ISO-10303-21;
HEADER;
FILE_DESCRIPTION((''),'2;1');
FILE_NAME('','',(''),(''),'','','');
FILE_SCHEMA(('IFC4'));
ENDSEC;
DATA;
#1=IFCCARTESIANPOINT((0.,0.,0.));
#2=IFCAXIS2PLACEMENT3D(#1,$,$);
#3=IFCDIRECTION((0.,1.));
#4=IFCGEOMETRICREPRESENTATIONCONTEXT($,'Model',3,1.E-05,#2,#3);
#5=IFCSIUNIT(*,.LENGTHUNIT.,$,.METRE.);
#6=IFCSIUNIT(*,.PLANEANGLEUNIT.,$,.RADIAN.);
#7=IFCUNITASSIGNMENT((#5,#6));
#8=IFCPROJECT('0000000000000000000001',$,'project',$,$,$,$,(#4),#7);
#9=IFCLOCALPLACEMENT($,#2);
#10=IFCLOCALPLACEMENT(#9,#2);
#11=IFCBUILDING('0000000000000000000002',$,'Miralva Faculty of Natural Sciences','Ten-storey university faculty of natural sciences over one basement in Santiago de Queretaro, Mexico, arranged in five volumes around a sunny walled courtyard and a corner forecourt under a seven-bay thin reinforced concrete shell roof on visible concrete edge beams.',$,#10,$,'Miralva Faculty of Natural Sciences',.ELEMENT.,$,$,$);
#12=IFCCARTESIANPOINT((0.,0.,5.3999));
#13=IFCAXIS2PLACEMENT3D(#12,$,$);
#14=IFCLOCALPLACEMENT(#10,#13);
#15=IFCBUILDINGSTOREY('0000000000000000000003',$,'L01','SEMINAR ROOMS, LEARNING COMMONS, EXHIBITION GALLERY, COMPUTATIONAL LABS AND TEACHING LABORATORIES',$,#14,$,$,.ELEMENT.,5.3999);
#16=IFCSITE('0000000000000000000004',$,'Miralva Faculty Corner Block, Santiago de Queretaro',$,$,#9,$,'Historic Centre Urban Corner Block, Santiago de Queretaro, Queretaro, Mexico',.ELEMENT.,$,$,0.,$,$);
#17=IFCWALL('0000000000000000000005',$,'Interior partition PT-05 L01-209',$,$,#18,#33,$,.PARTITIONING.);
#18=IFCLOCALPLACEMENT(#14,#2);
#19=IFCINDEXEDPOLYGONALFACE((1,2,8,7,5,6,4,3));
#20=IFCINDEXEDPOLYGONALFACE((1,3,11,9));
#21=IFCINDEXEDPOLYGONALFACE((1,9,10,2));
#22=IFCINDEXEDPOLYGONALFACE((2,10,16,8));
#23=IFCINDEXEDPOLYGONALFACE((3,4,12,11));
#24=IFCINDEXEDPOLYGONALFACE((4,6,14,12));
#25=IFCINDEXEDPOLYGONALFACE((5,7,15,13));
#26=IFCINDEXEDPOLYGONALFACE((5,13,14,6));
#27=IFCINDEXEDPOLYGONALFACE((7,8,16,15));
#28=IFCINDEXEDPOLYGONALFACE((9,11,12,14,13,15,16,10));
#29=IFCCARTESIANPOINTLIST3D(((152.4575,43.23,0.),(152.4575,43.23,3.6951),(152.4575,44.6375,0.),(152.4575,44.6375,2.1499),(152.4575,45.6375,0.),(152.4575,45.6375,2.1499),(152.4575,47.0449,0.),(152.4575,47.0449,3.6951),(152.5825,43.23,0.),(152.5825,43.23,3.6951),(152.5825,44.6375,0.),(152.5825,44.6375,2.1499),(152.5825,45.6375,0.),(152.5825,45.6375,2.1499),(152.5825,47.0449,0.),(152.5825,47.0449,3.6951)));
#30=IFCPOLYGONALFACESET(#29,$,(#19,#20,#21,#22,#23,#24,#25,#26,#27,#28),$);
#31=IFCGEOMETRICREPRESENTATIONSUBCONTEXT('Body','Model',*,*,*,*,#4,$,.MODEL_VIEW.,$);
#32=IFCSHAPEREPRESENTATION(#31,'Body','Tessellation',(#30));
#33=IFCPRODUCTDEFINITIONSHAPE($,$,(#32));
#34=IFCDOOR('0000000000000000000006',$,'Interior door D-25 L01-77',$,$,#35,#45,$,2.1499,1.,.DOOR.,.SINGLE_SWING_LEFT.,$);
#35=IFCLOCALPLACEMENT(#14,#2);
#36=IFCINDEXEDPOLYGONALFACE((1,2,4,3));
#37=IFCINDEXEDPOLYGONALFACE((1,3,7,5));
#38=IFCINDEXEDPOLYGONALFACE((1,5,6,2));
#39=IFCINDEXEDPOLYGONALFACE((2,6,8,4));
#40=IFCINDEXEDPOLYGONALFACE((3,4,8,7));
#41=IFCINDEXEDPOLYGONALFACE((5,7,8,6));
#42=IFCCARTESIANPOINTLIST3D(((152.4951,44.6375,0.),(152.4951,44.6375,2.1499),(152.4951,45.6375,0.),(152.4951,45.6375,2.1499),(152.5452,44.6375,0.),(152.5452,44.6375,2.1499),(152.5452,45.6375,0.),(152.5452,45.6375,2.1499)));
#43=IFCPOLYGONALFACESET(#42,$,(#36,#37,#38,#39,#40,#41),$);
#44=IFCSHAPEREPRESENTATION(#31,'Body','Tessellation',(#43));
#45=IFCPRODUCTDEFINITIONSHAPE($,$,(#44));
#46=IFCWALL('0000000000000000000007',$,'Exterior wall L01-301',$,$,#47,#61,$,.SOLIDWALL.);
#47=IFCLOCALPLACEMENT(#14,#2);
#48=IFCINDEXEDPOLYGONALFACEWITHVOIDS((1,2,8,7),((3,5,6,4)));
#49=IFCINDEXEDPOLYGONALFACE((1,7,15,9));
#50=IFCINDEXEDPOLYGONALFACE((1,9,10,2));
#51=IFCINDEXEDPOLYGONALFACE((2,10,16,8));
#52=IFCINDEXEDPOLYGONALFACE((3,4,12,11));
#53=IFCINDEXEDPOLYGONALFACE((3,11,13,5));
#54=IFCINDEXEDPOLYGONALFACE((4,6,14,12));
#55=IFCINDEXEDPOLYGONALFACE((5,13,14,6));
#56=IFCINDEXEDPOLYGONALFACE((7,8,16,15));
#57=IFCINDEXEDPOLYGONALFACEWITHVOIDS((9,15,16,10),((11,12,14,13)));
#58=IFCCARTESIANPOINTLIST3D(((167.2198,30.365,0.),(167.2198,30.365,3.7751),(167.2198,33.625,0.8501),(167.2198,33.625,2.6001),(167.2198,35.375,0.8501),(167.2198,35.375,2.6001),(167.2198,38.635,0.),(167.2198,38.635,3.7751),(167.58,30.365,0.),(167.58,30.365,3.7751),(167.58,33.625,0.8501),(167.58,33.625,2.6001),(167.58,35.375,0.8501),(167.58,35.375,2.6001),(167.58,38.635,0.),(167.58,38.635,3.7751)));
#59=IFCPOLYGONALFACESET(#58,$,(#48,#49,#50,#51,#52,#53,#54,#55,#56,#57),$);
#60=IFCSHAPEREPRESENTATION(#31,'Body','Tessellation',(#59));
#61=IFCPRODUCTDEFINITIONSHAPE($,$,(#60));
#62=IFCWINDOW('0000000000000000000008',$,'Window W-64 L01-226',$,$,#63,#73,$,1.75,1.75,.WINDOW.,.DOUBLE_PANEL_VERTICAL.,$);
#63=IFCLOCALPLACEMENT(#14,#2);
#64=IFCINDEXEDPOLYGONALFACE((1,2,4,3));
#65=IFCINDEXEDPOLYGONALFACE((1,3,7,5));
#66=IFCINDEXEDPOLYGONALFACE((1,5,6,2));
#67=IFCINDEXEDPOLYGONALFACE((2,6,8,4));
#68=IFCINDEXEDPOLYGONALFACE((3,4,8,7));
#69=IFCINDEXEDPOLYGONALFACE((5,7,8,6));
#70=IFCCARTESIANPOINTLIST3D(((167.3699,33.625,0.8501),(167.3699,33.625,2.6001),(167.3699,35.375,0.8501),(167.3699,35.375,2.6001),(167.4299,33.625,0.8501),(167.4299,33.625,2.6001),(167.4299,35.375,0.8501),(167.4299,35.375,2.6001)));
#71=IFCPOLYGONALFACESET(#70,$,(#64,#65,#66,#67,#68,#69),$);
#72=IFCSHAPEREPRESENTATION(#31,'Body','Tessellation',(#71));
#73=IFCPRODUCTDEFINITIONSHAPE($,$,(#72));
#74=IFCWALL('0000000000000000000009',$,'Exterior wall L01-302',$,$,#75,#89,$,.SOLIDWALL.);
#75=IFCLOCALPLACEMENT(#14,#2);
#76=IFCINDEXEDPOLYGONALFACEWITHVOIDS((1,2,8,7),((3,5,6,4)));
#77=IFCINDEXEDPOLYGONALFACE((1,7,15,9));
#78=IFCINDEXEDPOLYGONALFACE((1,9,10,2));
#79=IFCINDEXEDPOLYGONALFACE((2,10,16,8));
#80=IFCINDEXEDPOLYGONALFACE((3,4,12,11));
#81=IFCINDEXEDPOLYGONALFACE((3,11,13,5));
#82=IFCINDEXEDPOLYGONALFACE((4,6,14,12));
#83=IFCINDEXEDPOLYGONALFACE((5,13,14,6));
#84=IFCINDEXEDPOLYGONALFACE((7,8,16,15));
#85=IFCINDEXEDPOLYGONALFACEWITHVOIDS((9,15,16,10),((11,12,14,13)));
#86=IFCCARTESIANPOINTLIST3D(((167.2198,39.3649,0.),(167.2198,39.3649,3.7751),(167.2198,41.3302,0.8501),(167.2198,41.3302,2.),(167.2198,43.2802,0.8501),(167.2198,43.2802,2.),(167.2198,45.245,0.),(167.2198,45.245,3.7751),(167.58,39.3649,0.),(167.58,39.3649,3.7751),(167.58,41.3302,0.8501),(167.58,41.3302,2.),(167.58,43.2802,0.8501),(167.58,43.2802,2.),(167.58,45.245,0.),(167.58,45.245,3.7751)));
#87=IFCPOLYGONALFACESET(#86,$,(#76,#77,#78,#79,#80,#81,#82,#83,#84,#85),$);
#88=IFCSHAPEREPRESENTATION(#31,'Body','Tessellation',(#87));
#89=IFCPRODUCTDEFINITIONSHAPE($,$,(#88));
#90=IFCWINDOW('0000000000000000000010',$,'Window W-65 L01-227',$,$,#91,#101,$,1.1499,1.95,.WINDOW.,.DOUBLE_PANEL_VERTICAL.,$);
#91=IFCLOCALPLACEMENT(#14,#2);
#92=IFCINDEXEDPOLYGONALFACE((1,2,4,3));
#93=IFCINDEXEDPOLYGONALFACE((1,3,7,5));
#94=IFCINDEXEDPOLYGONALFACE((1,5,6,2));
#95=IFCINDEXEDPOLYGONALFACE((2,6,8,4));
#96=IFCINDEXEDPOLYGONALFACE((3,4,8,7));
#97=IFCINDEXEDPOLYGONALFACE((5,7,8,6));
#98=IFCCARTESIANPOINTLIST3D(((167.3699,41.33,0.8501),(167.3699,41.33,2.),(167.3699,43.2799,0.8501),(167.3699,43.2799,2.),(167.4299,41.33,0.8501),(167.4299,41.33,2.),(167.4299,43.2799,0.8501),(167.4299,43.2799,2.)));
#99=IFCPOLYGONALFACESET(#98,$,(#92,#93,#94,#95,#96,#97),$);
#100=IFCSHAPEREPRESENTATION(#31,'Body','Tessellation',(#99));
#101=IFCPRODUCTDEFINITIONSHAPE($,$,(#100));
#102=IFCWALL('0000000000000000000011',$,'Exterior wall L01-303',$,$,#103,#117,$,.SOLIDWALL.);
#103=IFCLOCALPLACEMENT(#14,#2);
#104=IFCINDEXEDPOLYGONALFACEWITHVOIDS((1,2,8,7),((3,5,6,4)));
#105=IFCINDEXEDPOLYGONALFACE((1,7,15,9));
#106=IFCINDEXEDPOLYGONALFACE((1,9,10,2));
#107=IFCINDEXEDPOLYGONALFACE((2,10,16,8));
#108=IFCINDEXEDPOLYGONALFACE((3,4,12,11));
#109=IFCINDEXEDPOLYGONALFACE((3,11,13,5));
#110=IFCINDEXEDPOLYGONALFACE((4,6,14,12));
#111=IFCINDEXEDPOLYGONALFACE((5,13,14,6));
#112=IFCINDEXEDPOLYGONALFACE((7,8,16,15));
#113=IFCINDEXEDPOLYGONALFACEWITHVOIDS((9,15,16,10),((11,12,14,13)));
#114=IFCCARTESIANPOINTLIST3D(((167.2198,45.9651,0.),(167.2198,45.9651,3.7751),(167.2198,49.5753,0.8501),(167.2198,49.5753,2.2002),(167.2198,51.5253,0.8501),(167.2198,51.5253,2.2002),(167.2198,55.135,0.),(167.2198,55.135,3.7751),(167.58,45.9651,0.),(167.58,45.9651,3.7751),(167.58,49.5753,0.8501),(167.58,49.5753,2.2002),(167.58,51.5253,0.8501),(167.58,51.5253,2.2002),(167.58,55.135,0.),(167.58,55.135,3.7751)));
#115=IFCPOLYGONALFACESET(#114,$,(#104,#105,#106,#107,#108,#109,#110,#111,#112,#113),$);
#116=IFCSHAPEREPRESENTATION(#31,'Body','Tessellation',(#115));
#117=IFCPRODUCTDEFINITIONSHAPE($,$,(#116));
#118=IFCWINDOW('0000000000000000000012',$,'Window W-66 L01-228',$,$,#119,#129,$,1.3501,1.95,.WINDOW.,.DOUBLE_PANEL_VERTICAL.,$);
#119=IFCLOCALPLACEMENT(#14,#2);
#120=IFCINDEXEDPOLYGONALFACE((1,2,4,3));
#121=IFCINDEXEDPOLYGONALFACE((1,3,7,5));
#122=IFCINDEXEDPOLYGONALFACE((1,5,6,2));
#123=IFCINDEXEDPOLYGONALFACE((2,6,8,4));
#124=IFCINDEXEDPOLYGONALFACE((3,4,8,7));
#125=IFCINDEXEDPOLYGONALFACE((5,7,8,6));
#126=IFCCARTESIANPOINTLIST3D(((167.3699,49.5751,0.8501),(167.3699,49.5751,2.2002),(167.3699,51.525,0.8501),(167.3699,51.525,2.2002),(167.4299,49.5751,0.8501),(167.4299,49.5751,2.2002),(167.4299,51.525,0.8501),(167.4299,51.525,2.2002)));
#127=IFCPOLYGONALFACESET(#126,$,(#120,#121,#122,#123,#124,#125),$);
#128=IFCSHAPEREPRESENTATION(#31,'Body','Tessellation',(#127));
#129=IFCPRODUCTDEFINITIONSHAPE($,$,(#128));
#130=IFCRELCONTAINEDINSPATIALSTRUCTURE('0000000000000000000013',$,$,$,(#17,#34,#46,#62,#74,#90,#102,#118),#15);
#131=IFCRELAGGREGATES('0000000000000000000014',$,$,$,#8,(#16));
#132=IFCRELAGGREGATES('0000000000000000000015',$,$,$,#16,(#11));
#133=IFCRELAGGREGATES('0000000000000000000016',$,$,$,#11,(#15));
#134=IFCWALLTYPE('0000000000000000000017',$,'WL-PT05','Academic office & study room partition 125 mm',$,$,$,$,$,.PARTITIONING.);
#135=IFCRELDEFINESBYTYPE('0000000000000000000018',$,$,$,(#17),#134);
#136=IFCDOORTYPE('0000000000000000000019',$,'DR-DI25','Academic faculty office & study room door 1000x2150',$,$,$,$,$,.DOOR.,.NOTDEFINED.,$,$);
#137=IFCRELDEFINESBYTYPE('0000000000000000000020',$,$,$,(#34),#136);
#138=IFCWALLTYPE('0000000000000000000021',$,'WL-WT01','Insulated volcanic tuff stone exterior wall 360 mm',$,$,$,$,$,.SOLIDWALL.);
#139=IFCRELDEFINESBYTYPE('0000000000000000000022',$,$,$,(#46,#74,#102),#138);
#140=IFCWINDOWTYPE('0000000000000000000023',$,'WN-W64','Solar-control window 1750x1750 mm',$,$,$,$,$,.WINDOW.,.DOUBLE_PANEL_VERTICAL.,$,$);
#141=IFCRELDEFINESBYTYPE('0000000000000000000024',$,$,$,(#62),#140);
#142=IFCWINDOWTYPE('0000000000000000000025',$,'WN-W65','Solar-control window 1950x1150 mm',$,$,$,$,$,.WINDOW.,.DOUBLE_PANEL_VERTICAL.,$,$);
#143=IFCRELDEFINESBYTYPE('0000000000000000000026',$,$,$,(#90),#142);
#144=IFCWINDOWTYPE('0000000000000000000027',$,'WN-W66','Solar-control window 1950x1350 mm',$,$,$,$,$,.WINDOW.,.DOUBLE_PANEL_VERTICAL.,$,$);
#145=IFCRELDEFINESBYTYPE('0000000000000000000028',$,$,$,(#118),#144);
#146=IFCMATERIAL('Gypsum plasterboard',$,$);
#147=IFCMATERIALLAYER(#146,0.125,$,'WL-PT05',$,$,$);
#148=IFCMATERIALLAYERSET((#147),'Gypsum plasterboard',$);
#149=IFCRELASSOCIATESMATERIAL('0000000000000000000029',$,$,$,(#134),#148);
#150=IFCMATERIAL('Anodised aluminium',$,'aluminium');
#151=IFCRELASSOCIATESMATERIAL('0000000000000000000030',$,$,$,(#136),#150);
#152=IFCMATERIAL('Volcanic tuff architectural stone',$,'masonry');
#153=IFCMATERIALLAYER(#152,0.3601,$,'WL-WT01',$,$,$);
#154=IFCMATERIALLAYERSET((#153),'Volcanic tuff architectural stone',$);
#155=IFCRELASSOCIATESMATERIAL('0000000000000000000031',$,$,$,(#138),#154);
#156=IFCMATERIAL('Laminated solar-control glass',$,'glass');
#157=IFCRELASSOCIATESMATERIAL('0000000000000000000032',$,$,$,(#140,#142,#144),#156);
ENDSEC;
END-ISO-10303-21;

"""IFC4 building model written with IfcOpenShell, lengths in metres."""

from ifc_helpers import new_model, si_unit, direction, frame, frame_2d, origin, place, context, subcontext, project, spatial, rectangle, extrude, material, layer, layer_set, type_object, element, fill, save


model = new_model("IFC4")

# Units and contexts
model_context = context("Model", 3, precision=1e-05, world=origin(), true_north=direction((0.0, 1.0)))
body_context = subcontext(model_context, "Body", "Model", "MODEL_VIEW")
ifc_project = project(units=[si_unit("LENGTHUNIT", "METRE"), si_unit("PLANEANGLEUNIT", "RADIAN")], contexts=[model_context])

# Site, building, storey
site_placement = place(None, origin())
site = spatial("IfcSite", under=ifc_project, at=site_placement, Name="Miralva Faculty Corner Block, Santiago de Queretaro", LongName="Historic Centre Urban Corner Block, Santiago de Queretaro, Queretaro, Mexico", CompositionType="ELEMENT", RefElevation=0.0)
building_placement = place(site_placement, origin())
building = spatial("IfcBuilding", under=site, at=building_placement, Name="Miralva Faculty of Natural Sciences", Description="Ten-storey university faculty of natural sciences over one basement in Santiago de Queretaro, Mexico, arranged in five volumes around a sunny walled courtyard and a corner forecourt under a seven-bay thin reinforced concrete shell roof on visible concrete edge beams.", LongName="Miralva Faculty of Natural Sciences", CompositionType="ELEMENT")
storey_placement = place(building_placement, frame((0.0, 0.0, 5.3999)))
storey = spatial("IfcBuildingStorey", under=building, at=storey_placement, Name="L01", Description="SEMINAR ROOMS, LEARNING COMMONS, EXHIBITION GALLERY, COMPUTATIONAL LABS AND TEACHING LABORATORIES", CompositionType="ELEMENT", Elevation=5.3999)

# Shared definitions
ifc_material_1 = material(Name="Gypsum plasterboard")
ifc_layer_1 = layer(ifc_material_1, 0.125, Name="WL-PT05")
ifc_layer_set_1 = layer_set([ifc_layer_1], Name="Gypsum plasterboard")
wall_type_1 = type_object("IfcWallType", Name="WL-PT05", Description="Academic office & study room partition 125 mm", PredefinedType="PARTITIONING", material=ifc_layer_set_1)

# Wall, opening, door
wall_1_placement = place(storey_placement, frame((152.52, 43.23, 0.0), z_axis=(0.0, 0.0, 1.0), x_axis=(0.0, 1.0, 0.0)))
wall_1 = element("IfcWall", 1, at=wall_1_placement, inside=storey, type_object=wall_type_1, Name="Interior partition PT-05 L01-209", PredefinedType="PARTITIONING", context=body_context, shape_type="SweptSolid", body=[
    extrude(rectangle(XDim=3.8149, YDim=0.125, at=frame_2d((1.9075, 0.0))), origin(), (0.0, 0.0, 1.0), 3.6951),
])
opening_1_placement = place(wall_1_placement, frame((1.4075, 0.0, 0.0)))
opening_1 = element("IfcOpeningElement", 2, at=opening_1_placement, cuts=wall_1, PredefinedType="OPENING", context=body_context, shape_type="SweptSolid", body=[
    extrude(rectangle(XDim=1.0, YDim=2.1499, at=frame_2d((0.5, 1.075))), frame((0.0, 0.0725, 0.0), z_axis=(0.0, -1.0, 0.0), x_axis=(1.0, 0.0, 0.0)), (0.0, 0.0, 1.0), 0.145),
])
ifc_material_2 = material(Name="Anodised aluminium", Category="aluminium")
door_type = type_object("IfcDoorType", Name="DR-DI25", Description="Academic faculty office & study room door 1000x2150", OperationType="NOTDEFINED", PredefinedType="DOOR", material=ifc_material_2)
door_placement = place(opening_1_placement, origin())
door = element("IfcDoor", 3, at=door_placement, inside=storey, type_object=door_type, Name="Interior door D-25 L01-77", OperationType="SINGLE_SWING_LEFT", OverallHeight=2.1499, OverallWidth=1.0, PredefinedType="DOOR", context=body_context, shape_type="SweptSolid", body=[
    extrude(rectangle(XDim=1.0, YDim=2.1499, at=frame_2d((0.5, 1.075))), frame((0.0, 0.0249, 0.0), z_axis=(0.0, -1.0, 0.0), x_axis=(1.0, 0.0, 0.0)), (0.0, 0.0, 1.0), 0.05),
])
fill(opening_1, door)

# Walls, openings, windows
ifc_material_3 = material(Name="Volcanic tuff architectural stone", Category="masonry")
ifc_layer_2 = layer(ifc_material_3, 0.3601, Name="WL-WT01")
ifc_layer_set_2 = layer_set([ifc_layer_2], Name="Volcanic tuff architectural stone")
wall_type_2 = type_object("IfcWallType", Name="WL-WT01", Description="Insulated volcanic tuff stone exterior wall 360 mm", PredefinedType="SOLIDWALL", material=ifc_layer_set_2)
wall_2_placement = place(storey_placement, frame((167.3999, 30.365, 0.0), z_axis=(0.0, 0.0, 1.0), x_axis=(0.0, 1.0, 0.0)))
wall_2 = element("IfcWall", 4, at=wall_2_placement, inside=storey, type_object=wall_type_2, Name="Exterior wall L01-301", PredefinedType="SOLIDWALL", context=body_context, shape_type="SweptSolid", body=[
    extrude(rectangle(XDim=8.27, YDim=0.3601, at=frame_2d((4.135, 0.0))), origin(), (0.0, 0.0, 1.0), 3.7751),
])
opening_2_placement = place(wall_2_placement, frame((3.26, 0.0, 0.8501)))
opening_2 = element("IfcOpeningElement", 5, at=opening_2_placement, cuts=wall_2, PredefinedType="OPENING", context=body_context, shape_type="SweptSolid", body=[
    extrude(rectangle(XDim=1.75, YDim=1.75, at=frame_2d((0.875, 0.875))), frame((0.0, 0.1899, 0.0), z_axis=(0.0, -1.0, 0.0), x_axis=(1.0, 0.0, 0.0)), (0.0, 0.0, 1.0), 0.3801),
])
ifc_material_4 = material(Name="Laminated solar-control glass", Category="glass")
window_type_1 = type_object("IfcWindowType", Name="WN-W64", Description="Solar-control window 1750x1750 mm", PartitioningType="DOUBLE_PANEL_VERTICAL", PredefinedType="WINDOW", material=ifc_material_4)
window_1_placement = place(opening_2_placement, frame((1.75, 0.0, 0.0), z_axis=(0.0, 0.0, 1.0), x_axis=(-1.0, 0.0, 0.0)))
window_1 = element("IfcWindow", 6, at=window_1_placement, inside=storey, type_object=window_type_1, Name="Window W-64 L01-226", OverallHeight=1.75, OverallWidth=1.75, PartitioningType="DOUBLE_PANEL_VERTICAL", PredefinedType="WINDOW", context=body_context, shape_type="SweptSolid", body=[
    extrude(rectangle(XDim=1.75, YDim=1.75, at=frame_2d((0.875, 0.875))), frame((0.0, 0.03, 0.0), z_axis=(0.0, -1.0, 0.0), x_axis=(1.0, 0.0, 0.0)), (0.0, 0.0, 1.0), 0.0601),
])
fill(opening_2, window_1)
wall_3_placement = place(storey_placement, frame((167.3999, 39.365, 0.0), z_axis=(0.0, 0.0, 1.0), x_axis=(0.0, 1.0, 0.0)))
wall_3 = element("IfcWall", 7, at=wall_3_placement, inside=storey, type_object=wall_type_2, Name="Exterior wall L01-302", PredefinedType="SOLIDWALL", context=body_context, shape_type="SweptSolid", body=[
    extrude(rectangle(XDim=5.8801, YDim=0.3601, at=frame_2d((2.9399, 0.0))), origin(), (0.0, 0.0, 1.0), 3.7751),
])
opening_3_placement = place(wall_3_placement, frame((1.9651, 0.0, 0.8501)))
opening_3 = element("IfcOpeningElement", 8, at=opening_3_placement, cuts=wall_3, PredefinedType="OPENING", context=body_context, shape_type="SweptSolid", body=[
    extrude(rectangle(XDim=1.95, YDim=1.1499, at=frame_2d((0.9751, 0.575))), frame((0.0, 0.1899, 0.0), z_axis=(0.0, -1.0, 0.0), x_axis=(1.0, 0.0, 0.0)), (0.0, 0.0, 1.0), 0.3801),
])
window_type_2 = type_object("IfcWindowType", Name="WN-W65", Description="Solar-control window 1950x1150 mm", PartitioningType="DOUBLE_PANEL_VERTICAL", PredefinedType="WINDOW", material=ifc_material_4)
window_2_placement = place(opening_3_placement, frame((1.95, 0.0, 0.0), z_axis=(0.0, 0.0, 1.0), x_axis=(-1.0, 0.0, 0.0)))
window_2 = element("IfcWindow", 9, at=window_2_placement, inside=storey, type_object=window_type_2, Name="Window W-65 L01-227", OverallHeight=1.1499, OverallWidth=1.95, PartitioningType="DOUBLE_PANEL_VERTICAL", PredefinedType="WINDOW", context=body_context, shape_type="SweptSolid", body=[
    extrude(rectangle(XDim=1.95, YDim=1.1499, at=frame_2d((0.9751, 0.575))), frame((0.0, 0.03, 0.0), z_axis=(0.0, -1.0, 0.0), x_axis=(1.0, 0.0, 0.0)), (0.0, 0.0, 1.0), 0.0601),
])
fill(opening_3, window_2)
wall_4_placement = place(storey_placement, frame((167.3999, 45.9651, 0.0), z_axis=(0.0, 0.0, 1.0), x_axis=(0.0, 1.0, 0.0)))
wall_4 = element("IfcWall", 10, at=wall_4_placement, inside=storey, type_object=wall_type_2, Name="Exterior wall L01-303", PredefinedType="SOLIDWALL", context=body_context, shape_type="SweptSolid", body=[
    extrude(rectangle(XDim=9.1699, YDim=0.3601, at=frame_2d((4.585, 0.0))), origin(), (0.0, 0.0, 1.0), 3.7751),
])
opening_4_placement = place(wall_4_placement, frame((3.6101, 0.0, 0.8501)))
opening_4 = element("IfcOpeningElement", 11, at=opening_4_placement, cuts=wall_4, PredefinedType="OPENING", context=body_context, shape_type="SweptSolid", body=[
    extrude(rectangle(XDim=1.95, YDim=1.3501, at=frame_2d((0.9751, 0.675))), frame((0.0, 0.1899, 0.0), z_axis=(0.0, -1.0, 0.0), x_axis=(1.0, 0.0, 0.0)), (0.0, 0.0, 1.0), 0.3801),
])
window_type_3 = type_object("IfcWindowType", Name="WN-W66", Description="Solar-control window 1950x1350 mm", PartitioningType="DOUBLE_PANEL_VERTICAL", PredefinedType="WINDOW", material=ifc_material_4)
window_3_placement = place(opening_4_placement, frame((1.95, 0.0, 0.0), z_axis=(0.0, 0.0, 1.0), x_axis=(-1.0, 0.0, 0.0)))
window_3 = element("IfcWindow", 12, at=window_3_placement, inside=storey, type_object=window_type_3, Name="Window W-66 L01-228", OverallHeight=1.3501, OverallWidth=1.95, PartitioningType="DOUBLE_PANEL_VERTICAL", PredefinedType="WINDOW", context=body_context, shape_type="SweptSolid", body=[
    extrude(rectangle(XDim=1.95, YDim=1.3501, at=frame_2d((0.9751, 0.675))), frame((0.0, 0.03, 0.0), z_axis=(0.0, -1.0, 0.0), x_axis=(1.0, 0.0, 0.0)), (0.0, 0.0, 1.0), 0.0601),
])
fill(opening_4, window_3)

save(model, "model.ifc")
